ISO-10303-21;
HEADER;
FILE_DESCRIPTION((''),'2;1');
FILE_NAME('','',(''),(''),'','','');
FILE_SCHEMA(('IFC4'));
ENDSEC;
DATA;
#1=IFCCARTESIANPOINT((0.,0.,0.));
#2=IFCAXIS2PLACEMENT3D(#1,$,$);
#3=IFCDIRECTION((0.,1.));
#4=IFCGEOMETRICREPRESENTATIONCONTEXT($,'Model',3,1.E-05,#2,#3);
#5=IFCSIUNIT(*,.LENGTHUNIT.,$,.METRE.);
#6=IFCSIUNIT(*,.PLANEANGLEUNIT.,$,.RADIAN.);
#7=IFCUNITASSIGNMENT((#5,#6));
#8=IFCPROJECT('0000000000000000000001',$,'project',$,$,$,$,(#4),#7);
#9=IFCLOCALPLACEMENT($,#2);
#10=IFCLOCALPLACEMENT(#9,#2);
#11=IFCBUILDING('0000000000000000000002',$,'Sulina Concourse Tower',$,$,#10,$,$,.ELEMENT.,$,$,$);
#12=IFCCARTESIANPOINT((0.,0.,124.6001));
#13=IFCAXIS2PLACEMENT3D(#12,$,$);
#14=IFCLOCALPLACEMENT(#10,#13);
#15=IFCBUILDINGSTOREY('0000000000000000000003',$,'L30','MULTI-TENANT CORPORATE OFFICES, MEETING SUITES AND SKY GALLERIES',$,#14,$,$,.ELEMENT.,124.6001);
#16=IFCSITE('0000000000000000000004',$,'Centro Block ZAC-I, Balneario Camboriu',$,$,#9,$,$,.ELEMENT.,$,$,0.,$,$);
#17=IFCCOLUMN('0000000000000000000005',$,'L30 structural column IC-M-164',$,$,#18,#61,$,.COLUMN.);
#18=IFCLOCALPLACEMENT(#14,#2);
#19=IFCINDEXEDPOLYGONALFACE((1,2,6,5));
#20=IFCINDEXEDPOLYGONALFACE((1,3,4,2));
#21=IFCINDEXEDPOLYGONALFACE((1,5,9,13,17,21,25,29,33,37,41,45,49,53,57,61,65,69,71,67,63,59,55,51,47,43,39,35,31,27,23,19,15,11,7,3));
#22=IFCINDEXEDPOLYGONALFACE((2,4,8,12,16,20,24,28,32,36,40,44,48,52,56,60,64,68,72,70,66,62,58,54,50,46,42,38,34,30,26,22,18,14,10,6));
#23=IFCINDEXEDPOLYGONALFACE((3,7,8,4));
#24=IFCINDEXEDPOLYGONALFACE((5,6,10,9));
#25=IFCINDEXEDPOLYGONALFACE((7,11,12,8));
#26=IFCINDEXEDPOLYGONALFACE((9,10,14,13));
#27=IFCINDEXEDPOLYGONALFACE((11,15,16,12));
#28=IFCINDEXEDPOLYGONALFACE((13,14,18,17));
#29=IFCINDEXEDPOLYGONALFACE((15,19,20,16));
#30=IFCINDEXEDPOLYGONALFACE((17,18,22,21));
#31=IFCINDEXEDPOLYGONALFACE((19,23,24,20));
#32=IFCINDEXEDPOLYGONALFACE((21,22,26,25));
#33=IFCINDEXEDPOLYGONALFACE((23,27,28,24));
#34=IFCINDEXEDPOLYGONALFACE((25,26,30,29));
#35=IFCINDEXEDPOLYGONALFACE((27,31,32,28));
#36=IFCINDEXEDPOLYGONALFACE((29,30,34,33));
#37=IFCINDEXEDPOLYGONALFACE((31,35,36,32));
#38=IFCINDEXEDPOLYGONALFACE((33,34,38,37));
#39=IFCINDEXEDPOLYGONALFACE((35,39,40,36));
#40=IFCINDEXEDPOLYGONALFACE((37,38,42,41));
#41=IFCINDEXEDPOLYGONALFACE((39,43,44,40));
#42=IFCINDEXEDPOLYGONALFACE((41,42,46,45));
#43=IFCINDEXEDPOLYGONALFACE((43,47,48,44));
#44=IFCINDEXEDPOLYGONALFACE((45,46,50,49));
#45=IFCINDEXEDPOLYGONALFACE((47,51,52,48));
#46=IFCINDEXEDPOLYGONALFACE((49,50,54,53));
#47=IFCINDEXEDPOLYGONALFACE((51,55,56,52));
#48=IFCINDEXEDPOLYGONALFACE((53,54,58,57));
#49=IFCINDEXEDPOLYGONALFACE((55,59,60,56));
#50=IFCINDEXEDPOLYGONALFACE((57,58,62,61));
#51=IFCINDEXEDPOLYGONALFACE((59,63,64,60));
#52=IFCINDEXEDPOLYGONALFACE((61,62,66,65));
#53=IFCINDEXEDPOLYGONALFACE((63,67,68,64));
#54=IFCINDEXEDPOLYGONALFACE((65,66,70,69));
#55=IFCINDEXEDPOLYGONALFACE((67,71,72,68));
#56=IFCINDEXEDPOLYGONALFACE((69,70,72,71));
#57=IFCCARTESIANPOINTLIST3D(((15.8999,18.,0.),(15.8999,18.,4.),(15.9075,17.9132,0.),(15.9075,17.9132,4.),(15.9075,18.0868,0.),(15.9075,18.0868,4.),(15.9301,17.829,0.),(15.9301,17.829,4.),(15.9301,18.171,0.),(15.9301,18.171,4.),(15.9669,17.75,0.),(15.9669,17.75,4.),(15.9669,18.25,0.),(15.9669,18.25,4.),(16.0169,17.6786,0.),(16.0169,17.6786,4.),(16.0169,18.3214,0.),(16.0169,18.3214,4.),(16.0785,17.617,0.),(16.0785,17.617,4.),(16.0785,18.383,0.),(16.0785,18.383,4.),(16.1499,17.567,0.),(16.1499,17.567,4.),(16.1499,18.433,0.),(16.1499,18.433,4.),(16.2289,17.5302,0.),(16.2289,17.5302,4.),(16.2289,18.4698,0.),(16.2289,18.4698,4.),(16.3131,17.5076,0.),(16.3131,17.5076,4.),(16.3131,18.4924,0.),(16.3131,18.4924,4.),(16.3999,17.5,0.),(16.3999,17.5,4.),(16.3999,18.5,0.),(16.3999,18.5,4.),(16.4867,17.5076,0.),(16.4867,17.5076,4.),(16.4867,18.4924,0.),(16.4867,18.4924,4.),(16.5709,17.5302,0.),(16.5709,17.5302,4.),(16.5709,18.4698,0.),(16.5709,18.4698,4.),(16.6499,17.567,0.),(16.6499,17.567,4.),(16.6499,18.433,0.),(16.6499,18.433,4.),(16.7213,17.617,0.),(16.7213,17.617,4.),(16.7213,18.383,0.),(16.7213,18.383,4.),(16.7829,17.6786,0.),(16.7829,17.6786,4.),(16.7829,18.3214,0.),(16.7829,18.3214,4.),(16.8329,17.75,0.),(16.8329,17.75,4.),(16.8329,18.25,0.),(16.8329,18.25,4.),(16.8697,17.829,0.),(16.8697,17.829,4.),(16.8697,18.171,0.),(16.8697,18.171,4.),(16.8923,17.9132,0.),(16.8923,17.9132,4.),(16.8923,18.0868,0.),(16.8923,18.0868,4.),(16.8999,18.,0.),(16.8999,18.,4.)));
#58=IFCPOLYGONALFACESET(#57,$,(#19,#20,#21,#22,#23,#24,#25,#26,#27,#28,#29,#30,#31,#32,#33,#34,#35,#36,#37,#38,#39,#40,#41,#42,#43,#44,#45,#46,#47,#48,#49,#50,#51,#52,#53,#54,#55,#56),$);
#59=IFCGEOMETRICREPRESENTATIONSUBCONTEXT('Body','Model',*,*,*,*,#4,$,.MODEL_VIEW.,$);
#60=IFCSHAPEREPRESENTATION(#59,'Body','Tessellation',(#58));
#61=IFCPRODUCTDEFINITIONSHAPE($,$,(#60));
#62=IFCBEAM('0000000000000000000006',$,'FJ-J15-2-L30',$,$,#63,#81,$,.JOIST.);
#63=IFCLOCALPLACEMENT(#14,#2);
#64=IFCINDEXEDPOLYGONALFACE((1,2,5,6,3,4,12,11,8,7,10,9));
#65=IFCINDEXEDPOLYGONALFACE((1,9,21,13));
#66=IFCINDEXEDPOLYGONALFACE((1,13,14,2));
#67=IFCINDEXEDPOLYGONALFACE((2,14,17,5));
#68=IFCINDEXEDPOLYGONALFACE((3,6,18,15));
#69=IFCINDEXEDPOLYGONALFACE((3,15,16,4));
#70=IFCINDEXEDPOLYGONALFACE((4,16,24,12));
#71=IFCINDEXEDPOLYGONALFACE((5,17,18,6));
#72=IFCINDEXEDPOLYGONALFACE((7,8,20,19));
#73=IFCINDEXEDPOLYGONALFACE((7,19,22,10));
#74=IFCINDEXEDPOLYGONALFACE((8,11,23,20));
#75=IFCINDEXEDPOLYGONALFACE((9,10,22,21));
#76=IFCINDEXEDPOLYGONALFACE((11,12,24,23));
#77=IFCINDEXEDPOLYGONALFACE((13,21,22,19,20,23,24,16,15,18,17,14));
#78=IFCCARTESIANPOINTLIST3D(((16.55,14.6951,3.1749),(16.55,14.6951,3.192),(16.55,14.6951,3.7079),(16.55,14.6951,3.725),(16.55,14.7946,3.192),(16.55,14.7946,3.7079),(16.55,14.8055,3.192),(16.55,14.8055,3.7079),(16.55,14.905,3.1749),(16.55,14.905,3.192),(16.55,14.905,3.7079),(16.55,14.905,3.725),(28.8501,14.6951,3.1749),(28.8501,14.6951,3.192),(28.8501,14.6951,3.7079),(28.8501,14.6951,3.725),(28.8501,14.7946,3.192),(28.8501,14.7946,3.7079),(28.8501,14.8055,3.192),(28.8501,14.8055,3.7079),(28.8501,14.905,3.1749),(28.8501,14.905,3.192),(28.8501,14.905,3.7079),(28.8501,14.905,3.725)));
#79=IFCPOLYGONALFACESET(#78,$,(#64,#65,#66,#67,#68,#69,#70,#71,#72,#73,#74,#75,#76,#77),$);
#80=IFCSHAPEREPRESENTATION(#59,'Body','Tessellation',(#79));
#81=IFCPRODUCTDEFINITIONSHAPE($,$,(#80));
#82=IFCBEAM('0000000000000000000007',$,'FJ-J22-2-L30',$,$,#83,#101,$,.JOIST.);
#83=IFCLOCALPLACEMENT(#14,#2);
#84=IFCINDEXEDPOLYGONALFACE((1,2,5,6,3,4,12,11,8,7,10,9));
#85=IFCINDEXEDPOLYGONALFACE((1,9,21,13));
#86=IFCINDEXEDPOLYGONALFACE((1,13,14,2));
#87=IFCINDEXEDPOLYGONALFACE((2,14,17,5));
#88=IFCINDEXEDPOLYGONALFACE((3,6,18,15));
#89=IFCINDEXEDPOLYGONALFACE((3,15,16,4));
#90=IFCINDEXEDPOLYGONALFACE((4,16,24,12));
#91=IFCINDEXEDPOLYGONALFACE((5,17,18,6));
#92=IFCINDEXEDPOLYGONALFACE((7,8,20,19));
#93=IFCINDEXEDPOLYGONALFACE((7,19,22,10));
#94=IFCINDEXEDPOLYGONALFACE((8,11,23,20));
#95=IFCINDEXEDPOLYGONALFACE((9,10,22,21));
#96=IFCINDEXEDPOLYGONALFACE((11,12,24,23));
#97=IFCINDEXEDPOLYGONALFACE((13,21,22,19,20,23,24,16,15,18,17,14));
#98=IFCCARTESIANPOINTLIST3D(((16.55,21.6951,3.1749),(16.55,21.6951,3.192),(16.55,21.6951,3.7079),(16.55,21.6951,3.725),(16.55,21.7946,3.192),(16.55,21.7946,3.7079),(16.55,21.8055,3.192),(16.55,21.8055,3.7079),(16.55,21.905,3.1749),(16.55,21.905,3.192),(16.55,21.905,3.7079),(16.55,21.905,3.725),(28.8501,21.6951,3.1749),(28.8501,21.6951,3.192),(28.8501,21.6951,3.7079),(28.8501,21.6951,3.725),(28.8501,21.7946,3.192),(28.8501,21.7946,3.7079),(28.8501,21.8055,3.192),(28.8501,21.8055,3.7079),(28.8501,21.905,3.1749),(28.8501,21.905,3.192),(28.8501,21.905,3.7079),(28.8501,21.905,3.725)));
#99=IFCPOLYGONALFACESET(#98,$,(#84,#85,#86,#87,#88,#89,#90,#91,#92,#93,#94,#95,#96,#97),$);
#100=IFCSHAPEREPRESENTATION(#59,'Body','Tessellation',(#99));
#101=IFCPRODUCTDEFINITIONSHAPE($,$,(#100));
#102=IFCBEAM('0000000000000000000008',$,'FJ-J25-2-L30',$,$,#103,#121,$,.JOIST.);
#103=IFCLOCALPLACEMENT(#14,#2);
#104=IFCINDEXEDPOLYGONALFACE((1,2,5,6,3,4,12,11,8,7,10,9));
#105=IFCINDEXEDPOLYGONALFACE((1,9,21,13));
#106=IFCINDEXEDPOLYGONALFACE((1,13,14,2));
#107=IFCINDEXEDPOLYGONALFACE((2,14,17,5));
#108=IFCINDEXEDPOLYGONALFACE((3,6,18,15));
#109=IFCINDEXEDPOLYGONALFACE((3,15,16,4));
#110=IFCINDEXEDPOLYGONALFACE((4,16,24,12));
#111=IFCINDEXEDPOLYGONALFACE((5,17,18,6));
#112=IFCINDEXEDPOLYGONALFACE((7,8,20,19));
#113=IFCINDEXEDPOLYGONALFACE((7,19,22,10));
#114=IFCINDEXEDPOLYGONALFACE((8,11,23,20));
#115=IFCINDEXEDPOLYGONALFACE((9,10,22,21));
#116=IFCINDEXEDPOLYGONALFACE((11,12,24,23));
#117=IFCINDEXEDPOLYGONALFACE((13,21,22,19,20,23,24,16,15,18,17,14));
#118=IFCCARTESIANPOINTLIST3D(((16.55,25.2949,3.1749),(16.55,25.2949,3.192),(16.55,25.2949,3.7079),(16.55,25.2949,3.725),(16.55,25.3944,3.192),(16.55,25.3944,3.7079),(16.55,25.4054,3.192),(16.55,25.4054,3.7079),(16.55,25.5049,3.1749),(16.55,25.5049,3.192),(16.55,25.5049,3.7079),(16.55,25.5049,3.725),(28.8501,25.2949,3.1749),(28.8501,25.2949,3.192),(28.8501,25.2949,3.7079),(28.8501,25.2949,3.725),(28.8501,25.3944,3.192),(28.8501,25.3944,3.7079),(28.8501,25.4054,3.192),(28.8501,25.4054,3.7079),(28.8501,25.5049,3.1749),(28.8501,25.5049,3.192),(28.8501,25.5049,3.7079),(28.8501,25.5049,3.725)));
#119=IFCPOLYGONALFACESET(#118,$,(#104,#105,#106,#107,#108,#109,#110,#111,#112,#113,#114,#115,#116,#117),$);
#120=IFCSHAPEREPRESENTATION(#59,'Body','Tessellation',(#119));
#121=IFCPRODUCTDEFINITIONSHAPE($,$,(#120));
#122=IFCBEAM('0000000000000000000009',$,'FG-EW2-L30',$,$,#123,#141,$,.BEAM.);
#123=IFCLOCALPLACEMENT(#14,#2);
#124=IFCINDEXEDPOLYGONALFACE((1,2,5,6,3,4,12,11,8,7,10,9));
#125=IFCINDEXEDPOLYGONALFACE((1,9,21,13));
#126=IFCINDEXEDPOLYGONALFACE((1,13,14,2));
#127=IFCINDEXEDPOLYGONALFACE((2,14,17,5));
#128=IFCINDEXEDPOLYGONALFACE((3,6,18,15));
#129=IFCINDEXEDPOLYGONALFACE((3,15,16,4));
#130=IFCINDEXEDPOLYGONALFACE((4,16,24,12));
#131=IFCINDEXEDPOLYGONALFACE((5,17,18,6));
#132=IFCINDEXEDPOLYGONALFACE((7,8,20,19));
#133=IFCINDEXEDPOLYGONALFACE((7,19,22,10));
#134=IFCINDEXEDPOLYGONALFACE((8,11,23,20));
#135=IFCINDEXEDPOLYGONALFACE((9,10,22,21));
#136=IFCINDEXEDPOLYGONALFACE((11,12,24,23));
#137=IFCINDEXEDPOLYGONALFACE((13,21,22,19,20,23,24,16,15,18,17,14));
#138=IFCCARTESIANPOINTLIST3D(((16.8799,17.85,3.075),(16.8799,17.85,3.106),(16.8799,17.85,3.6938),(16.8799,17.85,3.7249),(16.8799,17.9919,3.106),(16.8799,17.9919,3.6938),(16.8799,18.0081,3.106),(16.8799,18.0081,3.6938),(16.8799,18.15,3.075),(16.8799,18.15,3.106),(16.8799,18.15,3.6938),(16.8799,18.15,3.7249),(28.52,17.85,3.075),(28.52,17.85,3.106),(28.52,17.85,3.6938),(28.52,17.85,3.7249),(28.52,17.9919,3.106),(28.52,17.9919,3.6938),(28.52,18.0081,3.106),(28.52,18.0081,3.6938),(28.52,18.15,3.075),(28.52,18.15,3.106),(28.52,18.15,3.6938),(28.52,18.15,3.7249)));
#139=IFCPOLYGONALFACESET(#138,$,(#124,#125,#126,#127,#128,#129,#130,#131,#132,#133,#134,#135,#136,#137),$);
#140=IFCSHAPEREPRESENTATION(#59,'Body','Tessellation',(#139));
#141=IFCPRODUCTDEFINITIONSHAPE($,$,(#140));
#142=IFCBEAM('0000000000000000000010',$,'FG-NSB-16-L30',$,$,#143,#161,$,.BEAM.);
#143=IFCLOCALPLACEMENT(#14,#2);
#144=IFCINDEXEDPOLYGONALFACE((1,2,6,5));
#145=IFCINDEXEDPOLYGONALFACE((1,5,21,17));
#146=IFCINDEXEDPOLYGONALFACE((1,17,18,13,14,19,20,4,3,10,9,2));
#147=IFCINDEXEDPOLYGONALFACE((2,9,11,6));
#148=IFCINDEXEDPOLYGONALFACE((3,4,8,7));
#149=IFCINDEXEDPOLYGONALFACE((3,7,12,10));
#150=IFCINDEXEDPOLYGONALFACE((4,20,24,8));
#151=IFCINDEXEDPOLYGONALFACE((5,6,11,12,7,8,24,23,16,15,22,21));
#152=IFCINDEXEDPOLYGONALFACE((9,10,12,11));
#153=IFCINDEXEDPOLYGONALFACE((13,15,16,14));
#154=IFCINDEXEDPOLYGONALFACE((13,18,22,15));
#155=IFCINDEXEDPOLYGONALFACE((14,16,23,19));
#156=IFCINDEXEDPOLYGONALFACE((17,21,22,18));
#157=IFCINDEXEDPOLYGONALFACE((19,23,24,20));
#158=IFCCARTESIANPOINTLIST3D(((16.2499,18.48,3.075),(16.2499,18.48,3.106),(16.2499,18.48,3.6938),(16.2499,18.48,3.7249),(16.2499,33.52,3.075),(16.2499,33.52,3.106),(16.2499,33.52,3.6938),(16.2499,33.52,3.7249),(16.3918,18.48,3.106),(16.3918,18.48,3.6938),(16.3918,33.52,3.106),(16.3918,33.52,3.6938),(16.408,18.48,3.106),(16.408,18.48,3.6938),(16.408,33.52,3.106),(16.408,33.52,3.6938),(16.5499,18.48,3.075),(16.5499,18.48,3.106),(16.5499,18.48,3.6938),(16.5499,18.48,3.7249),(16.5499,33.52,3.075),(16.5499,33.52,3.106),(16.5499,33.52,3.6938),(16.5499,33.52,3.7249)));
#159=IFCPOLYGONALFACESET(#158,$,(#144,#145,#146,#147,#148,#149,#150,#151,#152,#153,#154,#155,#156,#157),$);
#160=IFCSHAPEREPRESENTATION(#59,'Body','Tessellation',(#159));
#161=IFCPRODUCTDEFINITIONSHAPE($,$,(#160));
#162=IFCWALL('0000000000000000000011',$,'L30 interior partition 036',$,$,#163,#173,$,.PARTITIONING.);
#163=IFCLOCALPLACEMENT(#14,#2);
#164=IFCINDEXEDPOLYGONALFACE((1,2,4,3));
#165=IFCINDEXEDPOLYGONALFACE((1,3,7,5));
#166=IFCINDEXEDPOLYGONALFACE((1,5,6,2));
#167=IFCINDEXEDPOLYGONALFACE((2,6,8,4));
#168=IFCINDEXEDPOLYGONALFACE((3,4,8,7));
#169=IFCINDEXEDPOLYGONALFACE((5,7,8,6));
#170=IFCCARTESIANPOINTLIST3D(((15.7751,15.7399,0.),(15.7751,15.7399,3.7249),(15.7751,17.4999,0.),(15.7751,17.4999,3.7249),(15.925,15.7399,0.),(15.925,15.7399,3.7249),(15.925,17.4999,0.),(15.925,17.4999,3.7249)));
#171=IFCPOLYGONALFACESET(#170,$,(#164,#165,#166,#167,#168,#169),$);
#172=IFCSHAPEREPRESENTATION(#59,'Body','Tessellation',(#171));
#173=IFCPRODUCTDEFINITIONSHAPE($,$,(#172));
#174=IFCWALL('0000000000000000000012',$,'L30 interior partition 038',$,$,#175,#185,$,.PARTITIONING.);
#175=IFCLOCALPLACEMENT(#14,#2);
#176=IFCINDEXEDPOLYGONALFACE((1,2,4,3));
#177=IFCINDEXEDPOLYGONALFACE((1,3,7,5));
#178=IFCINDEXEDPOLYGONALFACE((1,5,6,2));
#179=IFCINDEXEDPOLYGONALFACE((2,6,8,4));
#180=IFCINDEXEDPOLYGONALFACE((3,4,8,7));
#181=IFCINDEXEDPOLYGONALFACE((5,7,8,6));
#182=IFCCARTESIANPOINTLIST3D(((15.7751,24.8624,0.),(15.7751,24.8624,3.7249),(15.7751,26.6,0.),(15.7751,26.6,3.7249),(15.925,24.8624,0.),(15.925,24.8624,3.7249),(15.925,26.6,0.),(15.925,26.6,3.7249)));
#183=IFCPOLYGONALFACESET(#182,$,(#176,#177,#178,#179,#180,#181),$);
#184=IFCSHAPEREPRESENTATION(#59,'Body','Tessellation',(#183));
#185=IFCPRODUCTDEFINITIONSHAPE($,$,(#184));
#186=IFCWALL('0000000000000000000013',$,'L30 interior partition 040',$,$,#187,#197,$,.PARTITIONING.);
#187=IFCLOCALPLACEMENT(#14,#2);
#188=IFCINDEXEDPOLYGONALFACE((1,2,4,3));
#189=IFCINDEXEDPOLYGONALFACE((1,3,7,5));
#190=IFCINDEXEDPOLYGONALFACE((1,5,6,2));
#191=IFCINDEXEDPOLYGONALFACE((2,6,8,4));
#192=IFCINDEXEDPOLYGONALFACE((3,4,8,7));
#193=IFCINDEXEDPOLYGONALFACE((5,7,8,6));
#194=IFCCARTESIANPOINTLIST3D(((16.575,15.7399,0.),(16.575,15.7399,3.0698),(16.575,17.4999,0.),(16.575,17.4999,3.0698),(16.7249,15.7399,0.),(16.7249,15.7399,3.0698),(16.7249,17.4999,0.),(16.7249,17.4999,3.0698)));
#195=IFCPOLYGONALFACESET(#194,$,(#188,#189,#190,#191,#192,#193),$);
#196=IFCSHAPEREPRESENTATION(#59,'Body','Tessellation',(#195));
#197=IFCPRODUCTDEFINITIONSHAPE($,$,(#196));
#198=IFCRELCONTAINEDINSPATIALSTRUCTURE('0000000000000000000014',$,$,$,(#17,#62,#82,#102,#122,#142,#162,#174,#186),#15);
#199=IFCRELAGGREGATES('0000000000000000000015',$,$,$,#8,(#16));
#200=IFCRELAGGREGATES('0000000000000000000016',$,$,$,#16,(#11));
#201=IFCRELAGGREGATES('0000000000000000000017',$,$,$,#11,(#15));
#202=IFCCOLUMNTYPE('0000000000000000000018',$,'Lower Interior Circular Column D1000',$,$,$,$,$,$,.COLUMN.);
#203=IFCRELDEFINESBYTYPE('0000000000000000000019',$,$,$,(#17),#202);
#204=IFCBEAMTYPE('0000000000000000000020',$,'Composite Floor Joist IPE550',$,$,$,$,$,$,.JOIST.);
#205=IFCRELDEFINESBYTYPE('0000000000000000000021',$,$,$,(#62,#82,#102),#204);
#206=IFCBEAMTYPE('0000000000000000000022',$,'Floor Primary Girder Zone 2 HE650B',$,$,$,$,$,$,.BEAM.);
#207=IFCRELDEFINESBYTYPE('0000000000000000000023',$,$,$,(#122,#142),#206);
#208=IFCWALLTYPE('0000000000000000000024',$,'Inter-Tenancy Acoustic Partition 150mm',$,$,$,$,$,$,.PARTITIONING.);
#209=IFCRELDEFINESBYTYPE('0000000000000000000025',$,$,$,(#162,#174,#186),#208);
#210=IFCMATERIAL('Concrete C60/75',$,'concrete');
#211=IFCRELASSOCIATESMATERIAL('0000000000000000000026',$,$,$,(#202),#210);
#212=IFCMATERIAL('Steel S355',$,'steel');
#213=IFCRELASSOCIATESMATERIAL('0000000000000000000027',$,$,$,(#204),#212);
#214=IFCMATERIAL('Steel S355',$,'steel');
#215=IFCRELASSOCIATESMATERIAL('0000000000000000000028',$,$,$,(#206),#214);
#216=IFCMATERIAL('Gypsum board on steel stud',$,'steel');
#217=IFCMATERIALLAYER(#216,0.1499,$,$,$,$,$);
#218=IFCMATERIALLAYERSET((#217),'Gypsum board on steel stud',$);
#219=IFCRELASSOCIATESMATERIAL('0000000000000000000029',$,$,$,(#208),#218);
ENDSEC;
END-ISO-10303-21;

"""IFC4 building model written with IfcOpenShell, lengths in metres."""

from ifc_helpers import new_model, si_unit, direction, frame, frame_2d, origin, origin_2d, place, context, subcontext, project, spatial, rectangle, circle, i_section, extrude, material, layer, layer_set, material_profile, profile_set, type_object, element, save


model = new_model("IFC4")

# Units and contexts
model_context = context("Model", 3, precision=1e-05, world=origin(), true_north=direction((0.0, 1.0)))
body_context = subcontext(model_context, "Body", "Model", "MODEL_VIEW")
ifc_project = project(units=[si_unit("LENGTHUNIT", "METRE"), si_unit("PLANEANGLEUNIT", "RADIAN")], contexts=[model_context])

# Site, building, storey
site_placement = place(None, origin())
site = spatial("IfcSite", under=ifc_project, at=site_placement, Name="Centro Block ZAC-I, Balneario Camboriu", CompositionType="ELEMENT", RefElevation=0.0)
building_placement = place(site_placement, origin())
building = spatial("IfcBuilding", under=site, at=building_placement, Name="Sulina Concourse Tower", CompositionType="ELEMENT")
storey_placement = place(building_placement, frame((0.0, 0.0, 124.6001)))
storey = spatial("IfcBuildingStorey", under=building, at=storey_placement, Name="L30", Description="MULTI-TENANT CORPORATE OFFICES, MEETING SUITES AND SKY GALLERIES", CompositionType="ELEMENT", Elevation=124.6001)

# Column
ifc_material_1 = material(Name="Concrete C60/75", Category="concrete")
ifc_material_profile_1 = material_profile(ifc_material_1, circle(Radius=0.5, at=origin_2d()), Name="RC D1000")
ifc_profile_set_1 = profile_set([ifc_material_profile_1], Name="Concrete C60/75")
column_type = type_object("IfcColumnType", Name="Lower Interior Circular Column D1000", PredefinedType="COLUMN", material=ifc_profile_set_1)
column_placement = place(storey_placement, frame((16.3999, 18.0, 0.0), z_axis=(0.0, 0.0, 1.0), x_axis=(1.0, 0.0, 0.0)))
element("IfcColumn", 1, at=column_placement, inside=storey, type_object=column_type, Name="L30 structural column IC-M-164", PredefinedType="COLUMN", context=body_context, shape_type="SweptSolid", body=[
    extrude(circle(Radius=0.5, at=origin_2d()), origin(), (0.0, 0.0, 1.0), 4.0),
])

# Beams
ifc_material_2 = material(Name="Steel S355", Category="steel")
ifc_material_profile_2 = material_profile(ifc_material_2, i_section(OverallWidth=0.21, OverallDepth=0.55, WebThickness=0.011, FlangeThickness=0.0171, at=origin_2d()), Name="IPE 550")
ifc_profile_set_2 = profile_set([ifc_material_profile_2], Name="Steel S355")
beam_type_1 = type_object("IfcBeamType", Name="Composite Floor Joist IPE550", PredefinedType="JOIST", material=ifc_profile_set_2)
for number, where, z_axis, x_axis, name in (
    (2, (16.55, 14.8, 3.45), (1.0, 0.0, 0.0), (0.0, 1.0, 0.0), "FJ-J15-2-L30"),
    (3, (16.55, 21.8, 3.45), (1.0, 0.0, 0.0), (0.0, 1.0, 0.0), "FJ-J22-2-L30"),
    (4, (16.55, 25.3999, 3.45), (1.0, 0.0, 0.0), (0.0, 1.0, 0.0), "FJ-J25-2-L30"),
):
    element("IfcBeam", number, at=place(storey_placement, frame(where, z_axis=z_axis, x_axis=x_axis)), inside=storey, type_object=beam_type_1, Name=name, PredefinedType="JOIST", context=body_context, shape_type="SweptSolid", body=[
        extrude(i_section(OverallWidth=0.21, OverallDepth=0.55, WebThickness=0.011, FlangeThickness=0.0171, at=origin_2d()), origin(), (0.0, 0.0, 1.0), 12.3),
    ])
ifc_material_3 = material(Name="Steel S355", Category="steel")
ifc_material_profile_3 = material_profile(ifc_material_3, i_section(OverallWidth=0.3, OverallDepth=0.6499, WebThickness=0.0161, FlangeThickness=0.031, at=origin_2d()), Name="HE 650 B")
ifc_profile_set_3 = profile_set([ifc_material_profile_3], Name="Steel S355")
beam_type_2 = type_object("IfcBeamType", Name="Floor Primary Girder Zone 2 HE650B", PredefinedType="BEAM", material=ifc_profile_set_3)
beam_1_placement = place(storey_placement, frame((16.8799, 18.0, 3.3999), z_axis=(1.0, 0.0, 0.0), x_axis=(0.0, 1.0, 0.0)))
element("IfcBeam", 5, at=beam_1_placement, inside=storey, type_object=beam_type_2, Name="FG-EW2-L30", PredefinedType="BEAM", context=body_context, shape_type="SweptSolid", body=[
    extrude(i_section(OverallWidth=0.3, OverallDepth=0.6499, WebThickness=0.0161, FlangeThickness=0.031, at=origin_2d()), origin(), (0.0, 0.0, 1.0), 11.6401),
])
beam_2_placement = place(storey_placement, frame((16.3999, 18.48, 3.3999), z_axis=(0.0, 1.0, 0.0), x_axis=(-1.0, 0.0, 0.0)))
element("IfcBeam", 6, at=beam_2_placement, inside=storey, type_object=beam_type_2, Name="FG-NSB-16-L30", PredefinedType="BEAM", context=body_context, shape_type="SweptSolid", body=[
    extrude(i_section(OverallWidth=0.3, OverallDepth=0.6499, WebThickness=0.0161, FlangeThickness=0.031, at=origin_2d()), origin(), (0.0, 0.0, 1.0), 15.04),
])

# Walls
ifc_material_4 = material(Name="Gypsum board on steel stud", Category="steel")
ifc_layer_1 = layer(ifc_material_4, 0.1499)
ifc_layer_set_1 = layer_set([ifc_layer_1], Name="Gypsum board on steel stud")
wall_type_1 = type_object("IfcWallType", Name="Inter-Tenancy Acoustic Partition 150mm", PredefinedType="PARTITIONING", material=ifc_layer_set_1)
wall_1_placement = place(storey_placement, frame((15.8501, 15.74, 0.0), z_axis=(0.0, 0.0, 1.0), x_axis=(0.0, 1.0, 0.0)))
element("IfcWall", 7, at=wall_1_placement, inside=storey, type_object=wall_type_1, Name="L30 interior partition 036", PredefinedType="PARTITIONING", context=body_context, shape_type="SweptSolid", body=[
    extrude(rectangle(XDim=1.76, YDim=0.1499, at=frame_2d((0.8799, 0.0))), origin(), (0.0, 0.0, 1.0), 3.7249),
])
wall_2_placement = place(storey_placement, frame((15.8501, 24.8625, 0.0), z_axis=(0.0, 0.0, 1.0), x_axis=(0.0, 1.0, 0.0)))
element("IfcWall", 8, at=wall_2_placement, inside=storey, type_object=wall_type_1, Name="L30 interior partition 038", PredefinedType="PARTITIONING", context=body_context, shape_type="SweptSolid", body=[
    extrude(rectangle(XDim=1.7375, YDim=0.1499, at=frame_2d((0.8687, 0.0))), origin(), (0.0, 0.0, 1.0), 3.7249),
])
wall_3_placement = place(storey_placement, frame((16.6499, 15.74, 0.0), z_axis=(0.0, 0.0, 1.0), x_axis=(0.0, 1.0, 0.0)))
element("IfcWall", 9, at=wall_3_placement, inside=storey, type_object=wall_type_1, Name="L30 interior partition 040", PredefinedType="PARTITIONING", context=body_context, shape_type="SweptSolid", body=[
    extrude(rectangle(XDim=1.76, YDim=0.1499, at=frame_2d((0.8799, 0.0))), origin(), (0.0, 0.0, 1.0), 3.0698),
])

save(model, "model.ifc")
